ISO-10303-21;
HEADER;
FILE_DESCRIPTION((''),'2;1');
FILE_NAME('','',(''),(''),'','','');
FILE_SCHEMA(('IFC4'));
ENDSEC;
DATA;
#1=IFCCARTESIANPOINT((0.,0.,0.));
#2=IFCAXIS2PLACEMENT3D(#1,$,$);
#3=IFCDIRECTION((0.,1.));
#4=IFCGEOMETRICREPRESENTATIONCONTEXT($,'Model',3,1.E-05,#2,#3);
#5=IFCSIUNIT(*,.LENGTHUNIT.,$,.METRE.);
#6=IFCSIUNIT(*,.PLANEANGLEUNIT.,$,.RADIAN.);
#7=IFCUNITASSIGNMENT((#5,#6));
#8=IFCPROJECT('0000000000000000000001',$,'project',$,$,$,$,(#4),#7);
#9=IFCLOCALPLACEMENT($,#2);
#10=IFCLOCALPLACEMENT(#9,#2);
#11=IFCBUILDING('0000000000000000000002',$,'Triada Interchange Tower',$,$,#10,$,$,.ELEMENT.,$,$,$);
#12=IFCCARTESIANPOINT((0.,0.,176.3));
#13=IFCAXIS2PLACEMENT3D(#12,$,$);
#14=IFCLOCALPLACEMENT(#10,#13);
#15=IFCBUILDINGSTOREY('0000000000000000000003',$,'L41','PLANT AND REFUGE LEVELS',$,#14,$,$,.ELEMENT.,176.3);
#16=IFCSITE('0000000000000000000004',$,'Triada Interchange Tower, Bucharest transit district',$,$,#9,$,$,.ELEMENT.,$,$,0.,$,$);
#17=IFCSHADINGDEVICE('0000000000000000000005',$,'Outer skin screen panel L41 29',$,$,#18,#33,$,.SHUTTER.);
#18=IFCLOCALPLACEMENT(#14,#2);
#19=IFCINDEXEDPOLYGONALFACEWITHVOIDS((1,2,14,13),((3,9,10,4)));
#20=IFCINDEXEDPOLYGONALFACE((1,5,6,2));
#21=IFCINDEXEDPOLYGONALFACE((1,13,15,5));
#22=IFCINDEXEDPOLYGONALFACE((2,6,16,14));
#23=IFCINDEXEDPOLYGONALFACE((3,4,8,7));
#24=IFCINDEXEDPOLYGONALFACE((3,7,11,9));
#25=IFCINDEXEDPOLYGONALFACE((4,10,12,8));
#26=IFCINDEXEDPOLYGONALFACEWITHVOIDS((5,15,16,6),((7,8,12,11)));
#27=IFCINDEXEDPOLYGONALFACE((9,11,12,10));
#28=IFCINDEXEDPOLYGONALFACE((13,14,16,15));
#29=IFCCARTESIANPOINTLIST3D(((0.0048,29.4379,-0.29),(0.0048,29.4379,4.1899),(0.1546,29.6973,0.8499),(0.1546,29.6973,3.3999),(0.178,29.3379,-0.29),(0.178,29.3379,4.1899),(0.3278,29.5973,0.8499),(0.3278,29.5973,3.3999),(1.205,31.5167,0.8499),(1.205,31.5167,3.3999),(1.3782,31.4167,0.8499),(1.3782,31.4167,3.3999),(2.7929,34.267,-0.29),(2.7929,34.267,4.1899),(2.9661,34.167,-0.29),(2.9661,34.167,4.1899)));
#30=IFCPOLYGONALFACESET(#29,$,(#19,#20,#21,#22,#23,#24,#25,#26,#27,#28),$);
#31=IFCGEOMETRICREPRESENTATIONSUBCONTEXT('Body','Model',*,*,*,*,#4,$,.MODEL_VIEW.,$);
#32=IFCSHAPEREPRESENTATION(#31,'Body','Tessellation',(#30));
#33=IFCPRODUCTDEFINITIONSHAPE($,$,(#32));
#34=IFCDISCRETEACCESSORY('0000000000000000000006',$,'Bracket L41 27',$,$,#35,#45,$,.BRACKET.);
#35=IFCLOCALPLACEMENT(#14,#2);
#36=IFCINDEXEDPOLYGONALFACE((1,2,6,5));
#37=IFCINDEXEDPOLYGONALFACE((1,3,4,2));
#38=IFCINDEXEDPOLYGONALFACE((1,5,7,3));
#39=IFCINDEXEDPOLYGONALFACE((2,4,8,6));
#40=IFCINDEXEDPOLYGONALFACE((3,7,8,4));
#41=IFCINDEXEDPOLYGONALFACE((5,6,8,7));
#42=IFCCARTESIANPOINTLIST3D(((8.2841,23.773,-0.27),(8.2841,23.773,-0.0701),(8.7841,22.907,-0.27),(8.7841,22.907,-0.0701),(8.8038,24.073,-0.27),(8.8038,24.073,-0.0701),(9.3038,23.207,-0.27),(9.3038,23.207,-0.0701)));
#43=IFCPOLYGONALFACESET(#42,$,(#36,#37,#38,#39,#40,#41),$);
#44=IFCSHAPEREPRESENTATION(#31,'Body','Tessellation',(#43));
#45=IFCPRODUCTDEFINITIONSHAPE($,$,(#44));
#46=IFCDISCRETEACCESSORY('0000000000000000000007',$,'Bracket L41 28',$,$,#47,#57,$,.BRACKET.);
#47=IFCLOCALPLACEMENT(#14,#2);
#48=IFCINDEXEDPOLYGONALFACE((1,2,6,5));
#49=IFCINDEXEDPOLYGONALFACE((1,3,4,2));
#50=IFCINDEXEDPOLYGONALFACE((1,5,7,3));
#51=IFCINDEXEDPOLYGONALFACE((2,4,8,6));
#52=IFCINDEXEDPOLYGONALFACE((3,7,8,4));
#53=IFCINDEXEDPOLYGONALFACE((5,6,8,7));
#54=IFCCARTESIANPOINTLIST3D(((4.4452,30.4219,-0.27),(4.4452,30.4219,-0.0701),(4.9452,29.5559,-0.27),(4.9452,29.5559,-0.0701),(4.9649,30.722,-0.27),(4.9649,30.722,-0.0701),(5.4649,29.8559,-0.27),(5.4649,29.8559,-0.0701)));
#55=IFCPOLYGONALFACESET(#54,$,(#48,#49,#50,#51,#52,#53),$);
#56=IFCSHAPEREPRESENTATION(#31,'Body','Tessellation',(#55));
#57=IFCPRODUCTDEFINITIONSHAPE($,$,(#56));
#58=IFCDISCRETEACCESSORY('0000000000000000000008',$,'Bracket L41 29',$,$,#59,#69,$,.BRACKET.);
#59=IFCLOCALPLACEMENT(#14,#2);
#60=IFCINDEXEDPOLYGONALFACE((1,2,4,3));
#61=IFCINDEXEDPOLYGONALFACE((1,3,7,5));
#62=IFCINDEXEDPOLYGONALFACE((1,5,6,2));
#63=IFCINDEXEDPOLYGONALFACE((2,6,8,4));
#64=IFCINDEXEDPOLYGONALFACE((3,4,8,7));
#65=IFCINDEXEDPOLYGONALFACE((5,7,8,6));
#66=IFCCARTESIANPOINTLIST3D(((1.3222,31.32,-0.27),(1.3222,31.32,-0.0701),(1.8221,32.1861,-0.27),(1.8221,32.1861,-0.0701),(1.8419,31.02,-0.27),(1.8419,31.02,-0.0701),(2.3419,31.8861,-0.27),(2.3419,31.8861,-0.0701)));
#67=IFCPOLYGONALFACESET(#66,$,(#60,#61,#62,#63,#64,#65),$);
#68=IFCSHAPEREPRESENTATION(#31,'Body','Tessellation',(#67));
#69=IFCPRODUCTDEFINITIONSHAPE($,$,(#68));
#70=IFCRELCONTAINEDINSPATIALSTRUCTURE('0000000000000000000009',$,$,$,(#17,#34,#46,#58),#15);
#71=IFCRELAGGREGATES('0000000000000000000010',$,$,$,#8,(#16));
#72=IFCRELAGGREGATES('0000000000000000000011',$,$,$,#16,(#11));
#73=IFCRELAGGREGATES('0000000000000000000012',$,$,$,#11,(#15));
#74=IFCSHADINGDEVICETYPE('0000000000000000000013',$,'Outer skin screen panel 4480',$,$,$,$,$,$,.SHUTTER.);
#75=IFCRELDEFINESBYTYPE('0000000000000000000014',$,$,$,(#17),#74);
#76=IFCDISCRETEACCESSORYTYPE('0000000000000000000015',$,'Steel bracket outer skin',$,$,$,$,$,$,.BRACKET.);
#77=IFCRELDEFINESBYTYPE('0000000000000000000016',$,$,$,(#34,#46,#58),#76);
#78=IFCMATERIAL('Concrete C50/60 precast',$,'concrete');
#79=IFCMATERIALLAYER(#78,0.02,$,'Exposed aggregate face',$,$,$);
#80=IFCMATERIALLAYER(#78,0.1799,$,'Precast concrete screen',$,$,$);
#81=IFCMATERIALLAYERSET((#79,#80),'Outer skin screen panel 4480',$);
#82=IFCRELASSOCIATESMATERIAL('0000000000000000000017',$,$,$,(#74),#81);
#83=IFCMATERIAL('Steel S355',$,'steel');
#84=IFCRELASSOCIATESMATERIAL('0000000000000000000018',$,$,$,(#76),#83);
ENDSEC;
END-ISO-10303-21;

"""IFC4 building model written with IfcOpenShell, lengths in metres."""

from ifc_helpers import new_model, si_unit, direction, frame, origin, origin_2d, place, context, subcontext, project, spatial, polyline, rectangle, outline, extrude, material, layer, layer_set, type_object, element, save


model = new_model("IFC4")

# Units and contexts
model_context = context("Model", 3, precision=1e-05, world=origin(), true_north=direction((0.0, 1.0)))
body_context = subcontext(model_context, "Body", "Model", "MODEL_VIEW")
ifc_project = project(units=[si_unit("LENGTHUNIT", "METRE"), si_unit("PLANEANGLEUNIT", "RADIAN")], contexts=[model_context])

# Site, building, storey
site_placement = place(None, origin())
site = spatial("IfcSite", under=ifc_project, at=site_placement, Name="Triada Interchange Tower, Bucharest transit district", CompositionType="ELEMENT", RefElevation=0.0)
building_placement = place(site_placement, origin())
building = spatial("IfcBuilding", under=site, at=building_placement, Name="Triada Interchange Tower", CompositionType="ELEMENT")
storey_placement = place(building_placement, frame((0.0, 0.0, 176.3)))
storey = spatial("IfcBuildingStorey", under=building, at=storey_placement, Name="L41", Description="PLANT AND REFUGE LEVELS", CompositionType="ELEMENT", Elevation=176.3)

# Shared definitions
ifc_material_1 = material(Name="Steel S355", Category="steel")

# Shading device
ifc_material_2 = material(Name="Concrete C50/60 precast", Category="concrete")
ifc_layer_1 = layer(ifc_material_2, 0.02, Name="Exposed aggregate face")
ifc_layer_2 = layer(ifc_material_2, 0.1799, Name="Precast concrete screen")
ifc_layer_set_1 = layer_set([ifc_layer_1, ifc_layer_2], Name="Outer skin screen panel 4480")
shading_device_type = type_object("IfcShadingDeviceType", Name="Outer skin screen panel 4480", PredefinedType="SHUTTER", material=ifc_layer_set_1)
shading_device_1_placement = place(storey_placement, frame((2.9661, 34.167, -0.29), z_axis=(0.0, 0.0, 1.0), x_axis=(-0.5, -0.866025, 0.0)))
element("IfcShadingDevice", 1, at=shading_device_1_placement, inside=storey, type_object=shading_device_type, Name="Outer skin screen panel L41 29", PredefinedType="SHUTTER", context=body_context, shape_type="SweptSolid", body=[
    extrude(outline(polyline([(0.0, 0.0), (5.5762, 0.0), (5.5762, 4.48), (0.0, 4.48), (0.0, 0.0)]), holes=[polyline([(3.1758, 1.1399), (3.1758, 3.6899), (5.2766, 3.6899), (5.2766, 1.1399), (3.1758, 1.1399)])]), frame((0.0, 0.0, 0.0), z_axis=(0.0, -1.0, 0.0), x_axis=(1.0, 0.0, 0.0)), (0.0, 0.0, 1.0), 0.2),
])

# Discrete accessories
discrete_accessory_type = type_object("IfcDiscreteAccessoryType", Name="Steel bracket outer skin", PredefinedType="BRACKET", material=ifc_material_1)
for number, where, z_axis, x_axis, name in (
    (2, (8.7939, 23.49, -0.27), (0.0, 0.0, 1.0), (0.86603, 0.499993, 0.0), "Bracket L41 27"),
    (3, (4.9551, 30.1389, -0.27), (0.0, 0.0, 1.0), (0.86603, 0.499993, 0.0), "Bracket L41 28"),
    (4, (1.832, 31.603, -0.27), (0.0, 0.0, 1.0), (-0.866071, 0.499922, 0.0), "Bracket L41 29"),
):
    element("IfcDiscreteAccessory", number, at=place(storey_placement, frame(where, z_axis=z_axis, x_axis=x_axis)), inside=storey, type_object=discrete_accessory_type, Name=name, PredefinedType="BRACKET", context=body_context, shape_type="SweptSolid", body=[
        extrude(rectangle(XDim=0.6001, YDim=1.0, at=origin_2d()), origin(), (0.0, 0.0, 1.0), 0.2),
    ])

save(model, "model.ifc")
